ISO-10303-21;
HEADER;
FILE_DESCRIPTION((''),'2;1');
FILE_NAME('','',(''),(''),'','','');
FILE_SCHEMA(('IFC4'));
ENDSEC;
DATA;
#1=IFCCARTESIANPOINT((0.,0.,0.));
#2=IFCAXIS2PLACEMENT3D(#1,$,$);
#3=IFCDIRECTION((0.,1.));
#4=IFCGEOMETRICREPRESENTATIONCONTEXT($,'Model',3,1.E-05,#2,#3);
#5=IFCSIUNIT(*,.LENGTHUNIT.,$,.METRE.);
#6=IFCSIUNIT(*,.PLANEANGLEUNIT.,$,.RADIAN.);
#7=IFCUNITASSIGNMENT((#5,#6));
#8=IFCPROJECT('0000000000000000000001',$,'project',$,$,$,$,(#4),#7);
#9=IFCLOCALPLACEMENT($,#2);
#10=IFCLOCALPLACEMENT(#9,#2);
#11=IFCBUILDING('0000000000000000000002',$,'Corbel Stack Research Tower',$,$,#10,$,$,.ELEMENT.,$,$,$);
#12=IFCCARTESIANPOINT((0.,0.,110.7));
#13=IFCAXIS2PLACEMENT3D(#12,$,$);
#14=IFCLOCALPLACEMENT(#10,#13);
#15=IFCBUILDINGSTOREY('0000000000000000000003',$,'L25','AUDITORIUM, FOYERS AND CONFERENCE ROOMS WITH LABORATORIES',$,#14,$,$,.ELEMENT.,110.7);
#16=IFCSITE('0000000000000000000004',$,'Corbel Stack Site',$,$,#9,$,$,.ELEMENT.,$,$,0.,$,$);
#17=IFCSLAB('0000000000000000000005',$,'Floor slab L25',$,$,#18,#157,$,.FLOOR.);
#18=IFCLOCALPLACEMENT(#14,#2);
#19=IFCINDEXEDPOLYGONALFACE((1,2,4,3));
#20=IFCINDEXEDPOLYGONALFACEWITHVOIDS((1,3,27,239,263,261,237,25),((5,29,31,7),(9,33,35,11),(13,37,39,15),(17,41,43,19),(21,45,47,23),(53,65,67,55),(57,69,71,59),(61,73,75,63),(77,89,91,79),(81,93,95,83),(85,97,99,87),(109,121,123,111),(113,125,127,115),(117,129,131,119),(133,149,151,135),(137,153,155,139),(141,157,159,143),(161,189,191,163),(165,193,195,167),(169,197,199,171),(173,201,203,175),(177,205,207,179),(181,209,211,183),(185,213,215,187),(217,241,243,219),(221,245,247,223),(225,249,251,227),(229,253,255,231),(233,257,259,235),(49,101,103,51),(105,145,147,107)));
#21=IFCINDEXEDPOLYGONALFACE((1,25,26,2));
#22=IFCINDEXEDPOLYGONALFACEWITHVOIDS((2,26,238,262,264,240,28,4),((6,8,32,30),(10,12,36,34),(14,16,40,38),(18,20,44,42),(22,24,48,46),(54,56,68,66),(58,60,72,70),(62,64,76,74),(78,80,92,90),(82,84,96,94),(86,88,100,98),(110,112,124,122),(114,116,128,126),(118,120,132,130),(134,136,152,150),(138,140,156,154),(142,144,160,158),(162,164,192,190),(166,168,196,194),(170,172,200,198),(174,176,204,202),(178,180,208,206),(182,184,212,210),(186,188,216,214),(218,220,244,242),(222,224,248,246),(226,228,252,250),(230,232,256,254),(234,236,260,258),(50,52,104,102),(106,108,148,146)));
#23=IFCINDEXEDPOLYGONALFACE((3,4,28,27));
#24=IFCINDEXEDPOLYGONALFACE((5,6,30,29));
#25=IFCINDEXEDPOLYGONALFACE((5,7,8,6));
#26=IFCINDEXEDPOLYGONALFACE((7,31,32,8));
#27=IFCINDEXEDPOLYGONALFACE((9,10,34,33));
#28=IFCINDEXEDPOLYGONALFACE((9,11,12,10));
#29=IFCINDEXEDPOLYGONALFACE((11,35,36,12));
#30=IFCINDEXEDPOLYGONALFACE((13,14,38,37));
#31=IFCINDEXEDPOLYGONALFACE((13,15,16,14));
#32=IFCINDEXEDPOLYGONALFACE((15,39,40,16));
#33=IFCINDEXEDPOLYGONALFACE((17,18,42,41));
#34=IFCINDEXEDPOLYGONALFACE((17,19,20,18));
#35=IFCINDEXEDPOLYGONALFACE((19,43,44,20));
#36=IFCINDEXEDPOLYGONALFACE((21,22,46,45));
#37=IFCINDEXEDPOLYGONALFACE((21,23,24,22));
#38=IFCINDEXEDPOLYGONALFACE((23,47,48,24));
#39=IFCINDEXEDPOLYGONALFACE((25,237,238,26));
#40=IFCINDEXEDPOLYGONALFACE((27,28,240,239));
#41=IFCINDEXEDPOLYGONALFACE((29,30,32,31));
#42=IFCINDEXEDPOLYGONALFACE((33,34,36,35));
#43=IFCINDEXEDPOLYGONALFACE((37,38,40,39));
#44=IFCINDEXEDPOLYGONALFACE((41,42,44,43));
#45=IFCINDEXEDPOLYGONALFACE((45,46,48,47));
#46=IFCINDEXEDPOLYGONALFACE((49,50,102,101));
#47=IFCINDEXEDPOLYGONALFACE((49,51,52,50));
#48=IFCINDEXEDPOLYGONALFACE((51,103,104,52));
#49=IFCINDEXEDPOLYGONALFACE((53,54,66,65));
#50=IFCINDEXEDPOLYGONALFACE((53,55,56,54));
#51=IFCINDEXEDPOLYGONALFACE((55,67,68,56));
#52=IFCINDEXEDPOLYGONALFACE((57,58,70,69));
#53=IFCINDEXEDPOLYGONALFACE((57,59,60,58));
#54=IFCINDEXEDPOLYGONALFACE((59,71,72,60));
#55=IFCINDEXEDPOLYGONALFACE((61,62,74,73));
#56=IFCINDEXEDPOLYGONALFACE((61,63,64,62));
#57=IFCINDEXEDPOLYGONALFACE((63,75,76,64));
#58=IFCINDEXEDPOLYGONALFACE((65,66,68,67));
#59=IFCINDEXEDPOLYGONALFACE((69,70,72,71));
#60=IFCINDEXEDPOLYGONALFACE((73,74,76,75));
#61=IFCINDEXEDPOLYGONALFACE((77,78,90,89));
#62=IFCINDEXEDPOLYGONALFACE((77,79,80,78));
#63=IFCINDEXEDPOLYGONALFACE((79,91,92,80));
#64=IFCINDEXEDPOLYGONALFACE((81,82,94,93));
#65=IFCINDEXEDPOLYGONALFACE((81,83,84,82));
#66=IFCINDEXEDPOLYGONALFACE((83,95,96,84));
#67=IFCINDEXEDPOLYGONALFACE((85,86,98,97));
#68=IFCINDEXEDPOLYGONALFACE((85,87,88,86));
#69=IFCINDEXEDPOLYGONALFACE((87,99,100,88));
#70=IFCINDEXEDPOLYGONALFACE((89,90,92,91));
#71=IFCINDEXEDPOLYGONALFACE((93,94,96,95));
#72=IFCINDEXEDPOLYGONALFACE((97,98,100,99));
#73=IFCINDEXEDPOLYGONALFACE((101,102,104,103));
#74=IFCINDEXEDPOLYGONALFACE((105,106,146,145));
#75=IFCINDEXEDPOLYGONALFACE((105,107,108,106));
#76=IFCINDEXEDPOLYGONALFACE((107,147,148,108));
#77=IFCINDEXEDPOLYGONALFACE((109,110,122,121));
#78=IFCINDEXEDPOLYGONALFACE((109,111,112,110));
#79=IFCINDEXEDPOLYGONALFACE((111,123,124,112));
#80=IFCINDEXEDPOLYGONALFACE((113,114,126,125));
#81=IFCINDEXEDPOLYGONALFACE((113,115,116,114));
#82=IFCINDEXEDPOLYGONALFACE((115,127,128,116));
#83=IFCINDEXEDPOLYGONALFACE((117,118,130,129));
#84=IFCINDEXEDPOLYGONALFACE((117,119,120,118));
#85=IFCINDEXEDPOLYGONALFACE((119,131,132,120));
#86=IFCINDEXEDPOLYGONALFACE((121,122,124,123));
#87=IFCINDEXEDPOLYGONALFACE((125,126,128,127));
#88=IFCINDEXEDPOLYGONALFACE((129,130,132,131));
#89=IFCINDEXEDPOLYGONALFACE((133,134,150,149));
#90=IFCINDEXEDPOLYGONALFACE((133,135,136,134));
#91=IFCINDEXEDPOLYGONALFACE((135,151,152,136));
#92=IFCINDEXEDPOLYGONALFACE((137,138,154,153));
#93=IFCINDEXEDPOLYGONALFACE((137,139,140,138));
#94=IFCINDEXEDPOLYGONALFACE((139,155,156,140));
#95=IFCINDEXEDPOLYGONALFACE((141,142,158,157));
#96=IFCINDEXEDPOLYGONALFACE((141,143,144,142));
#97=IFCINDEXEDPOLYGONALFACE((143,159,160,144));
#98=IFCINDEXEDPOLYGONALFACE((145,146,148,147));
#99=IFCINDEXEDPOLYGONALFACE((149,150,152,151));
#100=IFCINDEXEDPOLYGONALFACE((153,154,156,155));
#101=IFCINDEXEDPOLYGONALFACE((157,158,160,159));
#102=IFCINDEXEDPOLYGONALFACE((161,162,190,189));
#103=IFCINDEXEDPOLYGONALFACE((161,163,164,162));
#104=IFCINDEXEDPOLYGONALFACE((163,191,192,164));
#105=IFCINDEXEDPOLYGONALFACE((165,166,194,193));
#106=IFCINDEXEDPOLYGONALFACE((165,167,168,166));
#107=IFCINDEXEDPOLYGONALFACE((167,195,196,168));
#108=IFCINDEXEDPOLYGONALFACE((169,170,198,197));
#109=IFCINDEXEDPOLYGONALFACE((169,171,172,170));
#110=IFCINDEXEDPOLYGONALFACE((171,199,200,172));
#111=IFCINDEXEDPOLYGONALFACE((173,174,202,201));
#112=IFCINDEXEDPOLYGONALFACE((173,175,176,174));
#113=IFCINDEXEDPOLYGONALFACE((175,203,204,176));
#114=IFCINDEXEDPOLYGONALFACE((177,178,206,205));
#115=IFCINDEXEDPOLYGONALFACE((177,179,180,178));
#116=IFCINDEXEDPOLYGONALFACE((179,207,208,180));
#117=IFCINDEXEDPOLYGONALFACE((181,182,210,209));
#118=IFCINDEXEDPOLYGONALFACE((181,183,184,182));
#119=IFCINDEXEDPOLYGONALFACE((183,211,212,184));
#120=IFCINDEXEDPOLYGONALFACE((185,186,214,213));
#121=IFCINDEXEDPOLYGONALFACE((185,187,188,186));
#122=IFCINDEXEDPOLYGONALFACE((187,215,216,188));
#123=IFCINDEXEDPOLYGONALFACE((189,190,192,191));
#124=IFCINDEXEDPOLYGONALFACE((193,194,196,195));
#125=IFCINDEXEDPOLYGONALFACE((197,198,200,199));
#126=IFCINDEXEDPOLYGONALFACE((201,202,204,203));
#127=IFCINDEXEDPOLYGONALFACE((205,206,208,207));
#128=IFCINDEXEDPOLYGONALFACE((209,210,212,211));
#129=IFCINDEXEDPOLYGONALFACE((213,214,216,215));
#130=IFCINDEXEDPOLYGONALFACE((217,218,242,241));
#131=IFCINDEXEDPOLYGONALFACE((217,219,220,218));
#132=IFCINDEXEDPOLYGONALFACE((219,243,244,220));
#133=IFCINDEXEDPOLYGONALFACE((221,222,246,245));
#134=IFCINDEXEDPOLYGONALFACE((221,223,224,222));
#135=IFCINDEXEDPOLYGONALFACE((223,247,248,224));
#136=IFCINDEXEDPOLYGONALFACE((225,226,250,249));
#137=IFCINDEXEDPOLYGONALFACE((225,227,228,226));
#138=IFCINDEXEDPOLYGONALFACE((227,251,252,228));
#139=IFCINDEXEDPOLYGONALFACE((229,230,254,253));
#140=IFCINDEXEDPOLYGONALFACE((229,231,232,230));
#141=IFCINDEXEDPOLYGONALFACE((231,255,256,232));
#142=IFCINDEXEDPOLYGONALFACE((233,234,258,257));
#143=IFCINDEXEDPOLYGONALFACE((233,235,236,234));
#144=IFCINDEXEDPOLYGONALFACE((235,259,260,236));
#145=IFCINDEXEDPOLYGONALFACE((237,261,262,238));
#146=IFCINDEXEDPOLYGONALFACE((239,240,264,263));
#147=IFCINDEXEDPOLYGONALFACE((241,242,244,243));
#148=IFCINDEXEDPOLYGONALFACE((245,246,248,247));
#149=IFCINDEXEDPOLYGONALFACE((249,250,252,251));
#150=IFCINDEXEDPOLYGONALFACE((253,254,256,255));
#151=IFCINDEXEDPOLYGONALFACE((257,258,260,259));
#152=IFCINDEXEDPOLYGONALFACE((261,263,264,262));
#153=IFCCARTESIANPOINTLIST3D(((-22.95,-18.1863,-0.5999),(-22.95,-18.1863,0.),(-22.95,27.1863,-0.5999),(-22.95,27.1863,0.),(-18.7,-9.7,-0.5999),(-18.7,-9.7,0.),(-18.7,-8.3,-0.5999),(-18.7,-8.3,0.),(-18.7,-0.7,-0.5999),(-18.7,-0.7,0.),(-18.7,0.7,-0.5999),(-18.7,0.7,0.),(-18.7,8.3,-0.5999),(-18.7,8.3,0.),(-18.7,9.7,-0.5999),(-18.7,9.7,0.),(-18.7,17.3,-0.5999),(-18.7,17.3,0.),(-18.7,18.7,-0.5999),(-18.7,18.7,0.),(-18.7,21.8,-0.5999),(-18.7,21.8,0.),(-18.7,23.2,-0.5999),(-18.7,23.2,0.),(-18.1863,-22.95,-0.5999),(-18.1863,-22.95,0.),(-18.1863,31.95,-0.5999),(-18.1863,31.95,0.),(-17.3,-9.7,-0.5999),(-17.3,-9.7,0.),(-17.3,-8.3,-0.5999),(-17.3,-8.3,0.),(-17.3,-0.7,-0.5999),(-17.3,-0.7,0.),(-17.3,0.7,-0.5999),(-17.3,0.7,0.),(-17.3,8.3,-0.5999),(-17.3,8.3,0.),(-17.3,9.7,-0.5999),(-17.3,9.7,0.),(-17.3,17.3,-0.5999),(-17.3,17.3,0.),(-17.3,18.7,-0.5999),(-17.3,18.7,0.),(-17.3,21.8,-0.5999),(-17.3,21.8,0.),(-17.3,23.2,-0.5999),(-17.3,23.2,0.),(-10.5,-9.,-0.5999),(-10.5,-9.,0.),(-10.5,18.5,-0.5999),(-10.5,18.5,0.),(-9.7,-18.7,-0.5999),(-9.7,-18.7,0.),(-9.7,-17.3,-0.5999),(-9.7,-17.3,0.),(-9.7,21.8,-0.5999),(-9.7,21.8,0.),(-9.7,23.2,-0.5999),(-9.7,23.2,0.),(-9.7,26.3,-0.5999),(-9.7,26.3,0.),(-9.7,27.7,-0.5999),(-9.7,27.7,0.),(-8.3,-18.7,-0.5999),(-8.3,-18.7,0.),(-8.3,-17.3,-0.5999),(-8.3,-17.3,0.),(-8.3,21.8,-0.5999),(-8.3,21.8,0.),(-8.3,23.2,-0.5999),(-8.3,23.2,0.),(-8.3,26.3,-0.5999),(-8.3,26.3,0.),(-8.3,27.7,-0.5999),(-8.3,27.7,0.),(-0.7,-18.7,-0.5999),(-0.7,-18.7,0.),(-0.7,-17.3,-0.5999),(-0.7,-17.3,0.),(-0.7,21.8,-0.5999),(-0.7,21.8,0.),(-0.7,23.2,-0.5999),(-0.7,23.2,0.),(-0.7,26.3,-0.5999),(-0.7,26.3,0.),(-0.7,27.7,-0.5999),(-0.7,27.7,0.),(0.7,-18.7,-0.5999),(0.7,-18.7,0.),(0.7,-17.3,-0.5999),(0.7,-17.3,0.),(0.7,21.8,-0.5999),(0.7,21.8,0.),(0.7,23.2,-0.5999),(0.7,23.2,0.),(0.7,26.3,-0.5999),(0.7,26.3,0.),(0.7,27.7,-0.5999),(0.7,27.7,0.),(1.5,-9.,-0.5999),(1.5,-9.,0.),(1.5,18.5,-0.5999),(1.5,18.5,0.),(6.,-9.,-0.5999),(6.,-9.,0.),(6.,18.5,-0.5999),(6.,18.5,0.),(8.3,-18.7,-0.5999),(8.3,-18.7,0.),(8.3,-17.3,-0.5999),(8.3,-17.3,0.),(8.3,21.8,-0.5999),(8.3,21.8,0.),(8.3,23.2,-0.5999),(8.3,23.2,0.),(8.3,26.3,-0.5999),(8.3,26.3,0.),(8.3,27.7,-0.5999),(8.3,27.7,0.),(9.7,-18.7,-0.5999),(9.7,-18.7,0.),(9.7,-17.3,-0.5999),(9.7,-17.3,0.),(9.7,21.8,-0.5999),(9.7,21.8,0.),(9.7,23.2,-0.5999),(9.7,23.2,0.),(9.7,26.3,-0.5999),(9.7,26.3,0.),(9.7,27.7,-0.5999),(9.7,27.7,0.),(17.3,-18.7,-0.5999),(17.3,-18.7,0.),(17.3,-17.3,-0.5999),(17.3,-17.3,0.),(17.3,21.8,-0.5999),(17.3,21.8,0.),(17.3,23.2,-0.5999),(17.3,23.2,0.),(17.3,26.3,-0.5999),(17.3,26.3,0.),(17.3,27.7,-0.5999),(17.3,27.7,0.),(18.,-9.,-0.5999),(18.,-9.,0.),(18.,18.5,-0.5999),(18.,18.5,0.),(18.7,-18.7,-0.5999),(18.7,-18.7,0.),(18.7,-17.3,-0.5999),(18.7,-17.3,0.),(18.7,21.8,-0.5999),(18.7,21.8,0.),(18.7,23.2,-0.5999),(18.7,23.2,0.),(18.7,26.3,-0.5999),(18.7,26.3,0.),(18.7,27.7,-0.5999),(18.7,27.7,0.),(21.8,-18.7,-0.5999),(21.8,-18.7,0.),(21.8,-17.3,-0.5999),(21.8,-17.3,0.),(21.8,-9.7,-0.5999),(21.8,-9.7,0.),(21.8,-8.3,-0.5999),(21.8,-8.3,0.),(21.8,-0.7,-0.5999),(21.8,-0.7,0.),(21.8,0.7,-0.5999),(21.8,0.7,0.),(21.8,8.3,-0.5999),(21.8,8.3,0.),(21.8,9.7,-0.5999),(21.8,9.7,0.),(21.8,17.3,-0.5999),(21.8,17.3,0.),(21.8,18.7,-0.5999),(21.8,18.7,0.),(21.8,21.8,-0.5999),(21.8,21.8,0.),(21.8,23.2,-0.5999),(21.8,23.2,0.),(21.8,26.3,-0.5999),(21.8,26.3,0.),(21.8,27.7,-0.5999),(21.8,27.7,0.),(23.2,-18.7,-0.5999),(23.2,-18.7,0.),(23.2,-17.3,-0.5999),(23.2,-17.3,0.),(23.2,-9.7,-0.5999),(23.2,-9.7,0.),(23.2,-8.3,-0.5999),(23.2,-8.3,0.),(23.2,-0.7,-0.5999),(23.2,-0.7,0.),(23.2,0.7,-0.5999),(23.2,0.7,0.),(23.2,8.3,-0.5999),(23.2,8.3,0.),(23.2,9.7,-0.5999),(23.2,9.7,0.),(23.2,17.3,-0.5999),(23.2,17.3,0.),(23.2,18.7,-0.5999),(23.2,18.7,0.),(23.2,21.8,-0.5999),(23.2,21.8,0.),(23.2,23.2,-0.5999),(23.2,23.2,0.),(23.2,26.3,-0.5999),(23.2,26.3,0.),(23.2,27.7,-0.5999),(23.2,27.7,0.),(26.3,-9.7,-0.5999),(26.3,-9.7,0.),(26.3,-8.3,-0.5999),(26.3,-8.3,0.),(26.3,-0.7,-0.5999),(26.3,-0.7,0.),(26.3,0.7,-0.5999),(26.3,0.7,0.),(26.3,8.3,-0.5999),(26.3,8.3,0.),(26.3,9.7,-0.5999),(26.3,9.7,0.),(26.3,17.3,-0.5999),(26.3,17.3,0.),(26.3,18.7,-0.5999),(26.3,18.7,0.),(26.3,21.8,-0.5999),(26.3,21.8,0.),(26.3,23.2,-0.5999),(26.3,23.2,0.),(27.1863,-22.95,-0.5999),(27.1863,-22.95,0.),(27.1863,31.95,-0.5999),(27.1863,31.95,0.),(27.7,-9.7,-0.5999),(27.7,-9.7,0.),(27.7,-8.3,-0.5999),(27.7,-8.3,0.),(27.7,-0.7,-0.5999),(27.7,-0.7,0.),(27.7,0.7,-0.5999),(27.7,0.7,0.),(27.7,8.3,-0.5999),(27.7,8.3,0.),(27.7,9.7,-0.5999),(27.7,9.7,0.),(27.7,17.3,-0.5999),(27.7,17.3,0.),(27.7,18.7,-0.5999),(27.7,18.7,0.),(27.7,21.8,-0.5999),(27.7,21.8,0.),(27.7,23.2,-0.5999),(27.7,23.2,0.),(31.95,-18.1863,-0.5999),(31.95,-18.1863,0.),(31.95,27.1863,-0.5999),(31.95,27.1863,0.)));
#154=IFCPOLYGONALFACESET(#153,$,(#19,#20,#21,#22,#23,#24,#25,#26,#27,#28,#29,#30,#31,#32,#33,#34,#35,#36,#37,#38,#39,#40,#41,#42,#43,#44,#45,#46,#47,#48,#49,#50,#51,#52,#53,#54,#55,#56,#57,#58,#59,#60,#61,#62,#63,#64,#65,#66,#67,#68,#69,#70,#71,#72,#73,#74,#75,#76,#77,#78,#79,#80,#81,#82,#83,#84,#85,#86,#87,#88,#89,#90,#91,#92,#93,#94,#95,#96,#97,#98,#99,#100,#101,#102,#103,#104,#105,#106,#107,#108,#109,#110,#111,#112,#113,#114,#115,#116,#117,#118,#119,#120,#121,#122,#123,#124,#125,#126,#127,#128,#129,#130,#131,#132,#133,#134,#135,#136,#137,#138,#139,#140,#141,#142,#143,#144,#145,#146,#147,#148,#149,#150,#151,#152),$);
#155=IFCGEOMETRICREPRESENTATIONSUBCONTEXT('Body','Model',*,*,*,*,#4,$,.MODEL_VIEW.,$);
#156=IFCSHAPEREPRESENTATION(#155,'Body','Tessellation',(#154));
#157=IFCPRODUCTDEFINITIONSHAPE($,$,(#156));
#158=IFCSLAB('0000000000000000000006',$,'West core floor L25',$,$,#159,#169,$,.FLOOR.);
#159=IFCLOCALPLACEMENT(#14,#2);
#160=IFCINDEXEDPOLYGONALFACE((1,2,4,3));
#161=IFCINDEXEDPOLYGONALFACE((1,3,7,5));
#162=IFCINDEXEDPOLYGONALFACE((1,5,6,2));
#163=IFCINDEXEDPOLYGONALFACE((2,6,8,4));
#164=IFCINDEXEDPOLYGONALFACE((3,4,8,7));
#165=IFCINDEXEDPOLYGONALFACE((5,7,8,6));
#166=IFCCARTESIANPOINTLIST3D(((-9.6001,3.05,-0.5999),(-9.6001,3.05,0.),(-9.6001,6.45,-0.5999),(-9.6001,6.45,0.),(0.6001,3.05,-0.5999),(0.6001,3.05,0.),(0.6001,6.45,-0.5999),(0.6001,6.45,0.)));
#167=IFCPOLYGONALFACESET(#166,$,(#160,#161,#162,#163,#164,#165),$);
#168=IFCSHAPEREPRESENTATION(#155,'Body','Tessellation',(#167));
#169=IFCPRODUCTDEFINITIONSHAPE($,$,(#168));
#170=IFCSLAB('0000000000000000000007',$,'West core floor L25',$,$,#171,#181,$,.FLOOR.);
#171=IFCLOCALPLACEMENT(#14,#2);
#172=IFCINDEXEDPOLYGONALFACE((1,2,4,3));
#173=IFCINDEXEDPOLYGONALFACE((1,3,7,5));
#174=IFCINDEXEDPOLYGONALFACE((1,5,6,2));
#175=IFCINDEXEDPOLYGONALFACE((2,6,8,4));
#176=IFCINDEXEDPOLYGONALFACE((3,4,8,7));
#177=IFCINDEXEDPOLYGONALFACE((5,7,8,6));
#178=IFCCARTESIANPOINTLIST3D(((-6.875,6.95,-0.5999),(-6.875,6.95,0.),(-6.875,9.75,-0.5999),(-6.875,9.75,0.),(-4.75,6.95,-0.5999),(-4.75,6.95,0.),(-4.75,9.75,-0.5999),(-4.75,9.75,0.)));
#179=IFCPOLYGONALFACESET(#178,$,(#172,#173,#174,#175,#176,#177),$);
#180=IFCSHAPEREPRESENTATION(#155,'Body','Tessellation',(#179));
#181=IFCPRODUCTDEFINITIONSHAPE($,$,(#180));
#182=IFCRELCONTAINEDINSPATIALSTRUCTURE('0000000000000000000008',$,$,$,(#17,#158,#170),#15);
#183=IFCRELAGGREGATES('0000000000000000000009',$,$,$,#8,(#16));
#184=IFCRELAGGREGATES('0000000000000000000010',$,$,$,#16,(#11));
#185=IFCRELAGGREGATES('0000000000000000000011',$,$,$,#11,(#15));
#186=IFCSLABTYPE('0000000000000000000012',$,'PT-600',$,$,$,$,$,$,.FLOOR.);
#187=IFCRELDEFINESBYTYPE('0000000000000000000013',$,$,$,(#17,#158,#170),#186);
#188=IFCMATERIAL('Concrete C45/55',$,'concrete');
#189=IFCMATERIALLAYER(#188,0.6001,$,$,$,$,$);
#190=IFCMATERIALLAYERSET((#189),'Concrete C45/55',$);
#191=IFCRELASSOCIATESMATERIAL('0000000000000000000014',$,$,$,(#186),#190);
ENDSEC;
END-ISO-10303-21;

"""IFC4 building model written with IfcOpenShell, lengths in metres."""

from ifc_helpers import new_model, si_unit, direction, frame, origin, place, context, subcontext, project, spatial, polyline, outline, extrude, material, layer, layer_set, type_object, element, save


model = new_model("IFC4")

# Units and contexts
model_context = context("Model", 3, precision=1e-05, world=origin(), true_north=direction((0.0, 1.0)))
body_context = subcontext(model_context, "Body", "Model", "MODEL_VIEW")
ifc_project = project(units=[si_unit("LENGTHUNIT", "METRE"), si_unit("PLANEANGLEUNIT", "RADIAN")], contexts=[model_context])

# Site, building, storey
site_placement = place(None, origin())
site = spatial("IfcSite", under=ifc_project, at=site_placement, Name="Corbel Stack Site", CompositionType="ELEMENT", RefElevation=0.0)
building_placement = place(site_placement, origin())
building = spatial("IfcBuilding", under=site, at=building_placement, Name="Corbel Stack Research Tower", CompositionType="ELEMENT")
storey_placement = place(building_placement, frame((0.0, 0.0, 110.7)))
storey = spatial("IfcBuildingStorey", under=building, at=storey_placement, Name="L25", Description="AUDITORIUM, FOYERS AND CONFERENCE ROOMS WITH LABORATORIES", CompositionType="ELEMENT", Elevation=110.7)

# Slabs
ifc_material_1 = material(Name="Concrete C45/55", Category="concrete")
ifc_layer_1 = layer(ifc_material_1, 0.6001)
ifc_layer_set_1 = layer_set([ifc_layer_1], Name="Concrete C45/55")
slab_type = type_object("IfcSlabType", Name="PT-600", PredefinedType="FLOOR", material=ifc_layer_set_1)
slab_1_placement = place(storey_placement, frame((0.0, 0.0, -0.5999)))
element("IfcSlab", 1, at=slab_1_placement, inside=storey, type_object=slab_type, Name="Floor slab L25", PredefinedType="FLOOR", context=body_context, shape_type="SweptSolid", body=[
    extrude(outline(polyline([(-18.1863, -22.95), (27.1863, -22.95), (31.95, -18.1863), (31.95, 27.1863), (27.1863, 31.95), (-18.1863, 31.95), (-22.95, 27.1863), (-22.95, -18.1863), (-18.1863, -22.95)]), holes=[polyline([(26.3, 21.8), (26.3, 23.2), (27.7, 23.2), (27.7, 21.8), (26.3, 21.8)]), polyline([(26.3, -9.7), (26.3, -8.3), (27.7, -8.3), (27.7, -9.7), (26.3, -9.7)]), polyline([(26.3, -0.7), (26.3, 0.7), (27.7, 0.7), (27.7, -0.7), (26.3, -0.7)]), polyline([(26.3, 8.3), (26.3, 9.7), (27.7, 9.7), (27.7, 8.3), (26.3, 8.3)]), polyline([(26.3, 17.3), (26.3, 18.7), (27.7, 18.7), (27.7, 17.3), (26.3, 17.3)]), polyline([(21.8, 26.3), (21.8, 27.7), (23.2, 27.7), (23.2, 26.3), (21.8, 26.3)]), polyline([(21.8, 21.8), (21.8, 23.2), (23.2, 23.2), (23.2, 21.8), (21.8, 21.8)]), polyline([(21.8, 17.3), (21.8, 18.7), (23.2, 18.7), (23.2, 17.3), (21.8, 17.3)]), polyline([(21.8, 8.3), (21.8, 9.7), (23.2, 9.7), (23.2, 8.3), (21.8, 8.3)]), polyline([(21.8, -0.7), (21.8, 0.7), (23.2, 0.7), (23.2, -0.7), (21.8, -0.7)]), polyline([(21.8, -9.7), (21.8, -8.3), (23.2, -8.3), (23.2, -9.7), (21.8, -9.7)]), polyline([(21.8, -18.7), (21.8, -17.3), (23.2, -17.3), (23.2, -18.7), (21.8, -18.7)]), polyline([(17.3, 26.3), (17.3, 27.7), (18.7, 27.7), (18.7, 26.3), (17.3, 26.3)]), polyline([(17.3, 21.8), (17.3, 23.2), (18.7, 23.2), (18.7, 21.8), (17.3, 21.8)]), polyline([(17.3, -18.7), (17.3, -17.3), (18.7, -17.3), (18.7, -18.7), (17.3, -18.7)]), polyline([(6.0, -9.0), (6.0, 18.5), (18.0, 18.5), (18.0, -9.0), (6.0, -9.0)]), polyline([(8.3, 26.3), (8.3, 27.7), (9.7, 27.7), (9.7, 26.3), (8.3, 26.3)]), polyline([(8.3, 21.8), (8.3, 23.2), (9.7, 23.2), (9.7, 21.8), (8.3, 21.8)]), polyline([(8.3, -18.7), (8.3, -17.3), (9.7, -17.3), (9.7, -18.7), (8.3, -18.7)]), polyline([(-10.5, -9.0), (-10.5, 18.5), (1.5, 18.5), (1.5, -9.0), (-10.5, -9.0)]), polyline([(-0.7, 26.3), (-0.7, 27.7), (0.7, 27.7), (0.7, 26.3), (-0.7, 26.3)]), polyline([(-0.7, 21.8), (-0.7, 23.2), (0.7, 23.2), (0.7, 21.8), (-0.7, 21.8)]), polyline([(-0.7, -18.7), (-0.7, -17.3), (0.7, -17.3), (0.7, -18.7), (-0.7, -18.7)]), polyline([(-9.7, 26.3), (-9.7, 27.7), (-8.3, 27.7), (-8.3, 26.3), (-9.7, 26.3)]), polyline([(-9.7, 21.8), (-9.7, 23.2), (-8.3, 23.2), (-8.3, 21.8), (-9.7, 21.8)]), polyline([(-8.3, -18.7), (-9.7, -18.7), (-9.7, -17.3), (-8.3, -17.3), (-8.3, -18.7)]), polyline([(-18.7, 21.8), (-18.7, 23.2), (-17.3, 23.2), (-17.3, 21.8), (-18.7, 21.8)]), polyline([(-18.7, 17.3), (-18.7, 18.7), (-17.3, 18.7), (-17.3, 17.3), (-18.7, 17.3)]), polyline([(-18.7, 8.3), (-18.7, 9.7), (-17.3, 9.7), (-17.3, 8.3), (-18.7, 8.3)]), polyline([(-18.7, -0.7), (-18.7, 0.7), (-17.3, 0.7), (-17.3, -0.7), (-18.7, -0.7)]), polyline([(-18.7, -9.7), (-18.7, -8.3), (-17.3, -8.3), (-17.3, -9.7), (-18.7, -9.7)])]), origin(), (0.0, 0.0, 1.0), 0.5999),
])
slab_2_placement = place(storey_placement, frame((0.0, 0.0, -0.5999)))
element("IfcSlab", 2, at=slab_2_placement, inside=storey, type_object=slab_type, Name="West core floor L25", PredefinedType="FLOOR", context=body_context, shape_type="SweptSolid", body=[
    extrude(outline(polyline([(0.6001, 6.45), (-9.6001, 6.45), (-9.6001, 3.05), (0.6001, 3.05), (0.6001, 6.45)])), origin(), (0.0, 0.0, 1.0), 0.5999),
])
slab_3_placement = place(storey_placement, frame((0.0, 0.0, -0.5999)))
element("IfcSlab", 3, at=slab_3_placement, inside=storey, type_object=slab_type, Name="West core floor L25", PredefinedType="FLOOR", context=body_context, shape_type="SweptSolid", body=[
    extrude(outline(polyline([(-6.875, 6.95), (-4.75, 6.95), (-4.75, 9.75), (-6.875, 9.75), (-6.875, 6.95)])), origin(), (0.0, 0.0, 1.0), 0.5999),
])

save(model, "model.ifc")
